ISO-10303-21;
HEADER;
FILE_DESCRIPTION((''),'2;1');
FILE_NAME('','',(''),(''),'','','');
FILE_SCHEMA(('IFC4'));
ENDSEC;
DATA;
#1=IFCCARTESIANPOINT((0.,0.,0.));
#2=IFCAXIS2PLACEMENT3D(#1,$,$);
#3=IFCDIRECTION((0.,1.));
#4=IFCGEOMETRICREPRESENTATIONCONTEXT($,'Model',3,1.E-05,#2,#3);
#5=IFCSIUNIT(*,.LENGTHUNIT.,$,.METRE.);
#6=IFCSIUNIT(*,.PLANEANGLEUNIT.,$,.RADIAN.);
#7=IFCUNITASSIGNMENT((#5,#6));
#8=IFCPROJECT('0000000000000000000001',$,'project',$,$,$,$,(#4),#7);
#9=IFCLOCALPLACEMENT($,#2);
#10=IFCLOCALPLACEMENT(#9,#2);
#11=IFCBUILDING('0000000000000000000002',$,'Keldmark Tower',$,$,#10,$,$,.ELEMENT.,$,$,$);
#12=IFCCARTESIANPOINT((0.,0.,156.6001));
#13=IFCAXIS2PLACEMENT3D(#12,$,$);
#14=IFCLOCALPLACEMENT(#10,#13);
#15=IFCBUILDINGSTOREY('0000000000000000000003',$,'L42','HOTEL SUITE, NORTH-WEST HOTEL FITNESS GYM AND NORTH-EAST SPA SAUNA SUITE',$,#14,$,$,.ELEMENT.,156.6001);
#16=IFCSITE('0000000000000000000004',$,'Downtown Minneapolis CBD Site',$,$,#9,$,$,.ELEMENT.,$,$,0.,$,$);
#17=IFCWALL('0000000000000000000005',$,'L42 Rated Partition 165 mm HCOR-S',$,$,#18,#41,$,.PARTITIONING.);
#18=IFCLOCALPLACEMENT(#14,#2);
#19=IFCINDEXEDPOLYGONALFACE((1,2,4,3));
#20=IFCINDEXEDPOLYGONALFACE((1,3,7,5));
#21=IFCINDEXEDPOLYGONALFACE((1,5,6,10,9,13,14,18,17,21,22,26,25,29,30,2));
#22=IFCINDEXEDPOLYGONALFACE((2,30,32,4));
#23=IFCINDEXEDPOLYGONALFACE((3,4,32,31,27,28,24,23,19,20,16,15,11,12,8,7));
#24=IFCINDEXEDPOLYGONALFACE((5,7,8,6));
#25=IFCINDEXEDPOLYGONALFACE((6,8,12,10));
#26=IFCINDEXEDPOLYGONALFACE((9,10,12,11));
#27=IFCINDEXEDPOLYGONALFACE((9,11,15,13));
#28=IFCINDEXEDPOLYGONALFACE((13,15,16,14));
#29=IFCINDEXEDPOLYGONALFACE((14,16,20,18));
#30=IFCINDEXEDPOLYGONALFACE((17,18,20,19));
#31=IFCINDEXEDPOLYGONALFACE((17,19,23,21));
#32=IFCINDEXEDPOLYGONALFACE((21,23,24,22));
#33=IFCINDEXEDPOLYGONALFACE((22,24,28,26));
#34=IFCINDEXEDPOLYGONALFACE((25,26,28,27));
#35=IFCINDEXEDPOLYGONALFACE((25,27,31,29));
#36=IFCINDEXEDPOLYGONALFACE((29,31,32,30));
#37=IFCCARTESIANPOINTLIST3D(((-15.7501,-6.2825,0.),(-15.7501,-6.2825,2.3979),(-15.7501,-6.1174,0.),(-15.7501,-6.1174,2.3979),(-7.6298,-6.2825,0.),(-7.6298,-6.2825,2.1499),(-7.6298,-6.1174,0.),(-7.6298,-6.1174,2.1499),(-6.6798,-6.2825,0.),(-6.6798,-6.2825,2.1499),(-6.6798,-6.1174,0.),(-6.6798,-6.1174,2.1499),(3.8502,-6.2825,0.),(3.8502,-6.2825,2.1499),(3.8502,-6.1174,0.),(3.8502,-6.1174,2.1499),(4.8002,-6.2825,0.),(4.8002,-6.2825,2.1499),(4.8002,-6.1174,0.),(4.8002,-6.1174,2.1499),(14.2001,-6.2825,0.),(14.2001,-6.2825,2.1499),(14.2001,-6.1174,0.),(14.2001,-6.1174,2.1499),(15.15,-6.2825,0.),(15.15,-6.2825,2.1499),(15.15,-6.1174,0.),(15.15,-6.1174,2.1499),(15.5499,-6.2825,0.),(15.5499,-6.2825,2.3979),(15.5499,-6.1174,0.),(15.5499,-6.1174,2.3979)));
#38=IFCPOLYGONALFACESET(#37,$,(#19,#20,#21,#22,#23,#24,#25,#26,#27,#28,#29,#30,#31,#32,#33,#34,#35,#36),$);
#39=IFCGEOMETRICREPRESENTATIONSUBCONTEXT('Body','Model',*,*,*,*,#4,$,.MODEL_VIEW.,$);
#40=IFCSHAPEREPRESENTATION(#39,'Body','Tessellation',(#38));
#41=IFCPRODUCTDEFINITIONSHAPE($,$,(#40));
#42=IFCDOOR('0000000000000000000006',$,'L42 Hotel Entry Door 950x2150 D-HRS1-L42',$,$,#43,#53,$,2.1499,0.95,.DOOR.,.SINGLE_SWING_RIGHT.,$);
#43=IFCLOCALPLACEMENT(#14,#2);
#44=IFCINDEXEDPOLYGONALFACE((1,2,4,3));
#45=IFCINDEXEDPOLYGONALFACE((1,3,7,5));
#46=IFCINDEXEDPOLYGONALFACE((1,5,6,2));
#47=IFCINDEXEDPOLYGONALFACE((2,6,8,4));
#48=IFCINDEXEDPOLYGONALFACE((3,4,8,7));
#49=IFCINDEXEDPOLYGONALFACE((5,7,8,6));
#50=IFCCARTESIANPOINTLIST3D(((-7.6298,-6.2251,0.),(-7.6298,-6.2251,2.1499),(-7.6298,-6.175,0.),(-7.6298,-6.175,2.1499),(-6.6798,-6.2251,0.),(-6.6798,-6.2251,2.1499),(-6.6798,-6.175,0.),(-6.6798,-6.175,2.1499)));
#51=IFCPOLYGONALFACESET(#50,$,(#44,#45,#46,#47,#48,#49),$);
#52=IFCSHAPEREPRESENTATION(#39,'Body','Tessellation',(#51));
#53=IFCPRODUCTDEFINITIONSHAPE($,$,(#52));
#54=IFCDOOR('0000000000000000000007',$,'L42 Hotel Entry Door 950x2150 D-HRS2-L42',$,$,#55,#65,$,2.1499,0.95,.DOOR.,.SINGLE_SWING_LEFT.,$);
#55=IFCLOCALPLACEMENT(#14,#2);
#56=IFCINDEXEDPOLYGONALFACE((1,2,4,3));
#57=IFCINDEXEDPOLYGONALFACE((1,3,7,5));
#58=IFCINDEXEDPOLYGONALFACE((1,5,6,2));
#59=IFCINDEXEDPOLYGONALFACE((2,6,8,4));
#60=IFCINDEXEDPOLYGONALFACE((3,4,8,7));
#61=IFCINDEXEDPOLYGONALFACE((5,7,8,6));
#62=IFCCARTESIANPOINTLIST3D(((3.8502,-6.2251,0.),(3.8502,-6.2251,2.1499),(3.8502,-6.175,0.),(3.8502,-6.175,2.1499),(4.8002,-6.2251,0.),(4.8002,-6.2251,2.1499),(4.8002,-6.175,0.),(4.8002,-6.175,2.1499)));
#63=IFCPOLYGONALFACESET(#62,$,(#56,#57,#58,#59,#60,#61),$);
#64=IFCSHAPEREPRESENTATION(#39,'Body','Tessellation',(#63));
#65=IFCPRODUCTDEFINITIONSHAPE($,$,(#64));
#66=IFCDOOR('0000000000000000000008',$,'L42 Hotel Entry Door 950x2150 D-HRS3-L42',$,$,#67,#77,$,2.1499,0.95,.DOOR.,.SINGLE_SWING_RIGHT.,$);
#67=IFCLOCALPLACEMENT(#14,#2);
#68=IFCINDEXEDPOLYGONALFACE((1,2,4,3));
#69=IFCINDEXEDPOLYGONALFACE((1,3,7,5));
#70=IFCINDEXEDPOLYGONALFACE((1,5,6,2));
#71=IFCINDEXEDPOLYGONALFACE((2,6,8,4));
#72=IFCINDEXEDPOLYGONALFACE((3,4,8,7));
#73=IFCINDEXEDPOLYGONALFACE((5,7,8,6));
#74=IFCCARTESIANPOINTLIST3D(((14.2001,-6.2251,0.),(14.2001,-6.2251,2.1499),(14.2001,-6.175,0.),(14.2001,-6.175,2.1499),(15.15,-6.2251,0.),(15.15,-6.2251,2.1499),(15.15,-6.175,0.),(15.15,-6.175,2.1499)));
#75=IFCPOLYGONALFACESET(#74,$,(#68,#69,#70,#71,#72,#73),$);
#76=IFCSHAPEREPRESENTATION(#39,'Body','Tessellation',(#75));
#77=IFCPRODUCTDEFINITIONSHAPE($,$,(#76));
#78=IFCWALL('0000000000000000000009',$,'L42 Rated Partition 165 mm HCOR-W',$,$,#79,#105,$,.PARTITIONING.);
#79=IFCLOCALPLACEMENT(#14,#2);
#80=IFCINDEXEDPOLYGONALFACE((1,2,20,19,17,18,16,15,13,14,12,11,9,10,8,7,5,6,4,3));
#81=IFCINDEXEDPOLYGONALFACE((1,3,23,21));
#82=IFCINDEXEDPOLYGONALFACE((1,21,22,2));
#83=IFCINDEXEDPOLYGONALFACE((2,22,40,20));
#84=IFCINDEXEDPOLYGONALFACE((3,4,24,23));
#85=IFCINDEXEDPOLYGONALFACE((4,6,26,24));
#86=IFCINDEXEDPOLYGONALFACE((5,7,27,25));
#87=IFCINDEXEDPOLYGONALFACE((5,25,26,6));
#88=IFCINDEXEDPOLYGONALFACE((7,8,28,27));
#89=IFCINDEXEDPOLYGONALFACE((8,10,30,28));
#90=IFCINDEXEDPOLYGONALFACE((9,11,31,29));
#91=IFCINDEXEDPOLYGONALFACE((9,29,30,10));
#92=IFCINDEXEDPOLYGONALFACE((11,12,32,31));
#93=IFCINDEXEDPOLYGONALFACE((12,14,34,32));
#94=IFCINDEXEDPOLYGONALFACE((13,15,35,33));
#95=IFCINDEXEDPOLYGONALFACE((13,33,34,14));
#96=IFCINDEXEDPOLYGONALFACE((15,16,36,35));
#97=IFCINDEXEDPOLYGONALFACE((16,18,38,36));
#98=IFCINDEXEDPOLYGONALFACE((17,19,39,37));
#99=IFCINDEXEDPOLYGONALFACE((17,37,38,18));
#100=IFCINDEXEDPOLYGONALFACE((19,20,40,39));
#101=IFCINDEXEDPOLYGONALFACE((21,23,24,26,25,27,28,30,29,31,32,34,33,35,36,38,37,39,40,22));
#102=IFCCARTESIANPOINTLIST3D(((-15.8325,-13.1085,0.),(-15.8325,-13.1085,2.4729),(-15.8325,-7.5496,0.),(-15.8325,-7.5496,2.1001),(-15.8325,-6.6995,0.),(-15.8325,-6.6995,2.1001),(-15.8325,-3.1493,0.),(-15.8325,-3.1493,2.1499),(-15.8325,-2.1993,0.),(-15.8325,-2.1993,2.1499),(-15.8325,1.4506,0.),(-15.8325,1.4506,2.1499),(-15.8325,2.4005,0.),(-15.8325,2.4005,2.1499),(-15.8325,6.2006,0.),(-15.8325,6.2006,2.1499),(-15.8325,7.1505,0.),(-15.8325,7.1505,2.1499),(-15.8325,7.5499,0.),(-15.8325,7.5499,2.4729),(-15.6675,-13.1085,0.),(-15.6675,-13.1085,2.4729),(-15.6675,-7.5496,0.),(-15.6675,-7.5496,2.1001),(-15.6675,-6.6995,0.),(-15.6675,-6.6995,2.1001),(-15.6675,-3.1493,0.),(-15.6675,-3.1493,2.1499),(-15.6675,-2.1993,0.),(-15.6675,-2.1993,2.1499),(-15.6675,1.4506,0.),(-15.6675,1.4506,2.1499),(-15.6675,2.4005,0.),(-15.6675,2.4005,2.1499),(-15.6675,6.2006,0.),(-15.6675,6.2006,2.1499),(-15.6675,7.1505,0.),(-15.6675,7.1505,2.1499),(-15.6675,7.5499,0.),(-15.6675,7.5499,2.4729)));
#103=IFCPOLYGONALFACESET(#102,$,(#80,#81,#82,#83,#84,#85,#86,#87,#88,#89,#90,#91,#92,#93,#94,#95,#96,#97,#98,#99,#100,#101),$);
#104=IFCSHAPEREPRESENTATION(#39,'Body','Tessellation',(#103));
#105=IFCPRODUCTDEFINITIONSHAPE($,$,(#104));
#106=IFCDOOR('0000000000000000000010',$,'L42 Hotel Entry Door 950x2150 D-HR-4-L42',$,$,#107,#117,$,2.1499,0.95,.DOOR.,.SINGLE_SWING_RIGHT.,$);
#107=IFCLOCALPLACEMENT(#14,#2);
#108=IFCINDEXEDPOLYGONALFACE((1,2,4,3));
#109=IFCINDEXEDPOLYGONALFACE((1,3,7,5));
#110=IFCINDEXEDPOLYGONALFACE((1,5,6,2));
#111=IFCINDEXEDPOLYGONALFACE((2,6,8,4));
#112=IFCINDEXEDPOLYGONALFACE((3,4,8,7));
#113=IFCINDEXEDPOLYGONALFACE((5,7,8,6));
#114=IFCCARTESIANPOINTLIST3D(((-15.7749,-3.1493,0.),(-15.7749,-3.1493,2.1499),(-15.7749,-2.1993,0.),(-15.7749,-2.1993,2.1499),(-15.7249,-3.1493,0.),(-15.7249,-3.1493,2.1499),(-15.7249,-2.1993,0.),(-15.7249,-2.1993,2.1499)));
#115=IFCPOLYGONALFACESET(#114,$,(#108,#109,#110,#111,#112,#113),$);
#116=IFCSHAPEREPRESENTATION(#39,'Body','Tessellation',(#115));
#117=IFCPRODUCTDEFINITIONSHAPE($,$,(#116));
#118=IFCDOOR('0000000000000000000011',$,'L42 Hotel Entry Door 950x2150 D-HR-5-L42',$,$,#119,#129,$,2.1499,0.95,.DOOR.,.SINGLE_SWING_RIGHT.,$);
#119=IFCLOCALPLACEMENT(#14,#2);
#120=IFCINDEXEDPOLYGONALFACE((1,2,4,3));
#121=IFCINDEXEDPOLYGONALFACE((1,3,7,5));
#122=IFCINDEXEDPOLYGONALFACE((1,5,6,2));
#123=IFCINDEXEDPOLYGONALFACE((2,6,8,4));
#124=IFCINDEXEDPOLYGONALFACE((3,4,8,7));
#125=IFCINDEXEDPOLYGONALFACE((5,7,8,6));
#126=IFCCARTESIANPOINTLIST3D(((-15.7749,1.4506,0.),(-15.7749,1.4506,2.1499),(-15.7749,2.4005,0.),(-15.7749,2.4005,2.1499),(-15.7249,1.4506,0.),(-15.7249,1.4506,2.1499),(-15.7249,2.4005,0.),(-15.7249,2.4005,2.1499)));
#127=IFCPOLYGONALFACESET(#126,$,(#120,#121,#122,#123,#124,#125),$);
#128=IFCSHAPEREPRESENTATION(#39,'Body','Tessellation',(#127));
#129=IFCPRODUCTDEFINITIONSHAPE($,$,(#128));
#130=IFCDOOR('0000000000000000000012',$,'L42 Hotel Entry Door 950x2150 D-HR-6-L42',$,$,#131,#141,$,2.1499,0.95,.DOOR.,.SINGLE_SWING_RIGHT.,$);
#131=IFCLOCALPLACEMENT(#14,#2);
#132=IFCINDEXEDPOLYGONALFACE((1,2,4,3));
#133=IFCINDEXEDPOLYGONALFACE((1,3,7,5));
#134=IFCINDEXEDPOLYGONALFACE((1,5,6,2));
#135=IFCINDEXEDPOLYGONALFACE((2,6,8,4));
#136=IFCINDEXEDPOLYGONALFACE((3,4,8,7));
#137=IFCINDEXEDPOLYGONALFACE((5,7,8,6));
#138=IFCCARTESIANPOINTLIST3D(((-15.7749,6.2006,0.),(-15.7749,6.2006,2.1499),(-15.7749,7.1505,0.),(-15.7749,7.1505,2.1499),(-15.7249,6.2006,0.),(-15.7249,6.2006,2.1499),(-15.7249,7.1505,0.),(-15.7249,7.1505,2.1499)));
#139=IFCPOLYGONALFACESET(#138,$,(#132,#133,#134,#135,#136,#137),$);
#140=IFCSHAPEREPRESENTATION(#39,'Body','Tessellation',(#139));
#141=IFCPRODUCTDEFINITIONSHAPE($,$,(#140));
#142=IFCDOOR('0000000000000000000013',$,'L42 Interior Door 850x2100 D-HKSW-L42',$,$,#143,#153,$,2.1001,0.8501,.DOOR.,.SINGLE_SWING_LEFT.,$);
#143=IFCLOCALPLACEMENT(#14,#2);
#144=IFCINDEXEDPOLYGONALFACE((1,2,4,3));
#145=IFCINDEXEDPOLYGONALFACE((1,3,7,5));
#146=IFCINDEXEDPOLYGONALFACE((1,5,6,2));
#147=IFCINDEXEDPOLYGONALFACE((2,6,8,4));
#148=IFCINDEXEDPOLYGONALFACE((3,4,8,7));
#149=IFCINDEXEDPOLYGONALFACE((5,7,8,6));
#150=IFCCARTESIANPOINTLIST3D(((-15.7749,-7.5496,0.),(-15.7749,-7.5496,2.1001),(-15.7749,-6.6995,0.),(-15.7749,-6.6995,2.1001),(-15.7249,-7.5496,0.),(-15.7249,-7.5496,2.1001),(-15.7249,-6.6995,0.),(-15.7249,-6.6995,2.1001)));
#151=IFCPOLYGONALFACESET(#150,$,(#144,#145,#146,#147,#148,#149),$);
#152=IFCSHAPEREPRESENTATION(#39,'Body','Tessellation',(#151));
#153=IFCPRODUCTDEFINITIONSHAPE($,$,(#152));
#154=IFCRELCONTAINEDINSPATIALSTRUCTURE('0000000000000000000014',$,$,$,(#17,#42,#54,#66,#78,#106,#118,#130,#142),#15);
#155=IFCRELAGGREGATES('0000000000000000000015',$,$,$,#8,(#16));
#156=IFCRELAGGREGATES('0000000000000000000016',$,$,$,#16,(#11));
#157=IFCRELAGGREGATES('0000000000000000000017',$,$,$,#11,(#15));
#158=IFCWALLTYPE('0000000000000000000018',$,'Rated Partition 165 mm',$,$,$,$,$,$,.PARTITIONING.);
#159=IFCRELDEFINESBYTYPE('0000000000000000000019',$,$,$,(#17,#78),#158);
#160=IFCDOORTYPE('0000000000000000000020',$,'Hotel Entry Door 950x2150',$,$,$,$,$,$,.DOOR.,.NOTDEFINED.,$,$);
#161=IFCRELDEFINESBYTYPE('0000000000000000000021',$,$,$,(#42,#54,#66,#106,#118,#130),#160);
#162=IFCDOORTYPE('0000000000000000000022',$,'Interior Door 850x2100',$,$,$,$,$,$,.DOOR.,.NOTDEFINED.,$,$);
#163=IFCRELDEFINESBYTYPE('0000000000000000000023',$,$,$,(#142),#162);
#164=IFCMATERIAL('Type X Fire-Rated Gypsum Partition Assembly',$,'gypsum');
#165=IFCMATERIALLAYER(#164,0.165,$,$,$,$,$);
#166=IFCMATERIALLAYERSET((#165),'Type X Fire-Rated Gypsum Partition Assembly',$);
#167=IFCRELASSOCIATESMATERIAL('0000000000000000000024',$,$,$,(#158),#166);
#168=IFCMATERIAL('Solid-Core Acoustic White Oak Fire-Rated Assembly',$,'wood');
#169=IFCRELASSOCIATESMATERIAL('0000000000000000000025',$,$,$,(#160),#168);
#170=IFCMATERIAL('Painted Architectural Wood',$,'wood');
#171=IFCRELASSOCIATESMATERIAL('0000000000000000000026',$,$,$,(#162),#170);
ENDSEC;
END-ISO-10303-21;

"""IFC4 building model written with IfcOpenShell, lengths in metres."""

from ifc_helpers import new_model, si_unit, direction, frame, frame_2d, origin, place, context, subcontext, project, spatial, rectangle, extrude, material, layer, layer_set, type_object, element, fill, save


model = new_model("IFC4")

# Units and contexts
model_context = context("Model", 3, precision=1e-05, world=origin(), true_north=direction((0.0, 1.0)))
body_context = subcontext(model_context, "Body", "Model", "MODEL_VIEW")
ifc_project = project(units=[si_unit("LENGTHUNIT", "METRE"), si_unit("PLANEANGLEUNIT", "RADIAN")], contexts=[model_context])

# Site, building, storey
site_placement = place(None, origin())
site = spatial("IfcSite", under=ifc_project, at=site_placement, Name="Downtown Minneapolis CBD Site", CompositionType="ELEMENT", RefElevation=0.0)
building_placement = place(site_placement, origin())
building = spatial("IfcBuilding", under=site, at=building_placement, Name="Keldmark Tower", CompositionType="ELEMENT")
storey_placement = place(building_placement, frame((0.0, 0.0, 156.6001)))
storey = spatial("IfcBuildingStorey", under=building, at=storey_placement, Name="L42", Description="HOTEL SUITE, NORTH-WEST HOTEL FITNESS GYM AND NORTH-EAST SPA SAUNA SUITE", CompositionType="ELEMENT", Elevation=156.6001)

# Walls, openings, doors
ifc_material_1 = material(Name="Type X Fire-Rated Gypsum Partition Assembly", Category="gypsum")
ifc_layer_1 = layer(ifc_material_1, 0.165)
ifc_layer_set_1 = layer_set([ifc_layer_1], Name="Type X Fire-Rated Gypsum Partition Assembly")
wall_type_1 = type_object("IfcWallType", Name="Rated Partition 165 mm", PredefinedType="PARTITIONING", material=ifc_layer_set_1)
wall_1_placement = place(storey_placement, frame((-15.75, -6.2, 0.0), z_axis=(0.0, 0.0, 1.0), x_axis=(1.0, 0.0, 0.0)))
wall_1 = element("IfcWall", 1, at=wall_1_placement, inside=storey, type_object=wall_type_1, Name="L42 Rated Partition 165 mm HCOR-S", PredefinedType="PARTITIONING", context=body_context, shape_type="SweptSolid", body=[
    extrude(rectangle(XDim=31.3, YDim=0.165, at=frame_2d((15.6499, 0.0))), origin(), (0.0, 0.0, 1.0), 2.3979),
])
opening_1_placement = place(wall_1_placement, frame((8.1201, 0.0, 0.0)))
opening_1 = element("IfcOpeningElement", 2, at=opening_1_placement, cuts=wall_1, PredefinedType="OPENING", context=body_context, shape_type="SweptSolid", body=[
    extrude(rectangle(XDim=0.95, YDim=2.1499, at=frame_2d((0.4751, 1.075))), frame((0.0, 0.0925, 0.0), z_axis=(0.0, -1.0, 0.0), x_axis=(1.0, 0.0, 0.0)), (0.0, 0.0, 1.0), 0.1851),
])
opening_2_placement = place(wall_1_placement, frame((19.6001, 0.0, 0.0)))
opening_2 = element("IfcOpeningElement", 3, at=opening_2_placement, cuts=wall_1, PredefinedType="OPENING", context=body_context, shape_type="SweptSolid", body=[
    extrude(rectangle(XDim=0.95, YDim=2.1499, at=frame_2d((0.4751, 1.075))), frame((0.0, 0.0925, 0.0), z_axis=(0.0, -1.0, 0.0), x_axis=(1.0, 0.0, 0.0)), (0.0, 0.0, 1.0), 0.1851),
])
opening_3_placement = place(wall_1_placement, frame((29.95, 0.0, 0.0)))
opening_3 = element("IfcOpeningElement", 4, at=opening_3_placement, cuts=wall_1, PredefinedType="OPENING", context=body_context, shape_type="SweptSolid", body=[
    extrude(rectangle(XDim=0.95, YDim=2.1499, at=frame_2d((0.4751, 1.075))), frame((0.0, 0.0925, 0.0), z_axis=(0.0, -1.0, 0.0), x_axis=(1.0, 0.0, 0.0)), (0.0, 0.0, 1.0), 0.1851),
])
ifc_material_2 = material(Name="Solid-Core Acoustic White Oak Fire-Rated Assembly", Category="wood")
door_type_1 = type_object("IfcDoorType", Name="Hotel Entry Door 950x2150", OperationType="NOTDEFINED", PredefinedType="DOOR", material=ifc_material_2)
door_1_placement = place(opening_1_placement, origin())
door_1 = element("IfcDoor", 5, at=door_1_placement, inside=storey, type_object=door_type_1, Name="L42 Hotel Entry Door 950x2150 D-HRS1-L42", OperationType="SINGLE_SWING_RIGHT", OverallHeight=2.1499, OverallWidth=0.95, PredefinedType="DOOR", context=body_context, shape_type="SweptSolid", body=[
    extrude(rectangle(XDim=0.95, YDim=2.1499, at=frame_2d((0.4751, 1.075))), frame((0.0, 0.0249, 0.0), z_axis=(0.0, -1.0, 0.0), x_axis=(1.0, 0.0, 0.0)), (0.0, 0.0, 1.0), 0.05),
])
fill(opening_1, door_1)
door_2_placement = place(opening_2_placement, origin())
door_2 = element("IfcDoor", 6, at=door_2_placement, inside=storey, type_object=door_type_1, Name="L42 Hotel Entry Door 950x2150 D-HRS2-L42", OperationType="SINGLE_SWING_LEFT", OverallHeight=2.1499, OverallWidth=0.95, PredefinedType="DOOR", context=body_context, shape_type="SweptSolid", body=[
    extrude(rectangle(XDim=0.95, YDim=2.1499, at=frame_2d((0.4751, 1.075))), frame((0.0, 0.0249, 0.0), z_axis=(0.0, -1.0, 0.0), x_axis=(1.0, 0.0, 0.0)), (0.0, 0.0, 1.0), 0.05),
])
fill(opening_2, door_2)
door_3_placement = place(opening_3_placement, origin())
door_3 = element("IfcDoor", 7, at=door_3_placement, inside=storey, type_object=door_type_1, Name="L42 Hotel Entry Door 950x2150 D-HRS3-L42", OperationType="SINGLE_SWING_RIGHT", OverallHeight=2.1499, OverallWidth=0.95, PredefinedType="DOOR", context=body_context, shape_type="SweptSolid", body=[
    extrude(rectangle(XDim=0.95, YDim=2.1499, at=frame_2d((0.4751, 1.075))), frame((0.0, 0.0249, 0.0), z_axis=(0.0, -1.0, 0.0), x_axis=(1.0, 0.0, 0.0)), (0.0, 0.0, 1.0), 0.05),
])
fill(opening_3, door_3)
wall_2_placement = place(storey_placement, frame((-15.75, -13.1084, 0.0), z_axis=(0.0, 0.0, 1.0), x_axis=(0.0, 1.0, 0.0)))
wall_2 = element("IfcWall", 8, at=wall_2_placement, inside=storey, type_object=wall_type_1, Name="L42 Rated Partition 165 mm HCOR-W", PredefinedType="PARTITIONING", context=body_context, shape_type="SweptSolid", body=[
    extrude(rectangle(XDim=20.6584, YDim=0.165, at=frame_2d((10.3291, 0.0))), origin(), (0.0, 0.0, 1.0), 2.4729),
])
opening_4_placement = place(wall_2_placement, frame((5.5588, 0.0, 0.0)))
opening_4 = element("IfcOpeningElement", 9, at=opening_4_placement, cuts=wall_2, PredefinedType="OPENING", context=body_context, shape_type="SweptSolid", body=[
    extrude(rectangle(XDim=0.8501, YDim=2.1001, at=frame_2d((0.425, 1.05))), frame((0.0, 0.0925, 0.0), z_axis=(0.0, -1.0, 0.0), x_axis=(1.0, 0.0, 0.0)), (0.0, 0.0, 1.0), 0.1851),
])
opening_5_placement = place(wall_2_placement, frame((9.959, 0.0, 0.0)))
opening_5 = element("IfcOpeningElement", 10, at=opening_5_placement, cuts=wall_2, PredefinedType="OPENING", context=body_context, shape_type="SweptSolid", body=[
    extrude(rectangle(XDim=0.95, YDim=2.1499, at=frame_2d((0.4751, 1.075))), frame((0.0, 0.0925, 0.0), z_axis=(0.0, -1.0, 0.0), x_axis=(1.0, 0.0, 0.0)), (0.0, 0.0, 1.0), 0.1851),
])
opening_6_placement = place(wall_2_placement, frame((14.5588, 0.0, 0.0)))
opening_6 = element("IfcOpeningElement", 11, at=opening_6_placement, cuts=wall_2, PredefinedType="OPENING", context=body_context, shape_type="SweptSolid", body=[
    extrude(rectangle(XDim=0.95, YDim=2.1499, at=frame_2d((0.4751, 1.075))), frame((0.0, 0.0925, 0.0), z_axis=(0.0, -1.0, 0.0), x_axis=(1.0, 0.0, 0.0)), (0.0, 0.0, 1.0), 0.1851),
])
opening_7_placement = place(wall_2_placement, frame((19.3088, 0.0, 0.0)))
opening_7 = element("IfcOpeningElement", 12, at=opening_7_placement, cuts=wall_2, PredefinedType="OPENING", context=body_context, shape_type="SweptSolid", body=[
    extrude(rectangle(XDim=0.95, YDim=2.1499, at=frame_2d((0.4751, 1.075))), frame((0.0, 0.0925, 0.0), z_axis=(0.0, -1.0, 0.0), x_axis=(1.0, 0.0, 0.0)), (0.0, 0.0, 1.0), 0.1851),
])
door_4_placement = place(opening_5_placement, origin())
door_4 = element("IfcDoor", 13, at=door_4_placement, inside=storey, type_object=door_type_1, Name="L42 Hotel Entry Door 950x2150 D-HR-4-L42", OperationType="SINGLE_SWING_RIGHT", OverallHeight=2.1499, OverallWidth=0.95, PredefinedType="DOOR", context=body_context, shape_type="SweptSolid", body=[
    extrude(rectangle(XDim=0.95, YDim=2.1499, at=frame_2d((0.4751, 1.075))), frame((0.0, 0.0249, 0.0), z_axis=(0.0, -1.0, 0.0), x_axis=(1.0, 0.0, 0.0)), (0.0, 0.0, 1.0), 0.05),
])
fill(opening_5, door_4)
door_5_placement = place(opening_6_placement, origin())
door_5 = element("IfcDoor", 14, at=door_5_placement, inside=storey, type_object=door_type_1, Name="L42 Hotel Entry Door 950x2150 D-HR-5-L42", OperationType="SINGLE_SWING_RIGHT", OverallHeight=2.1499, OverallWidth=0.95, PredefinedType="DOOR", context=body_context, shape_type="SweptSolid", body=[
    extrude(rectangle(XDim=0.95, YDim=2.1499, at=frame_2d((0.4751, 1.075))), frame((0.0, 0.0249, 0.0), z_axis=(0.0, -1.0, 0.0), x_axis=(1.0, 0.0, 0.0)), (0.0, 0.0, 1.0), 0.05),
])
fill(opening_6, door_5)
door_6_placement = place(opening_7_placement, origin())
door_6 = element("IfcDoor", 15, at=door_6_placement, inside=storey, type_object=door_type_1, Name="L42 Hotel Entry Door 950x2150 D-HR-6-L42", OperationType="SINGLE_SWING_RIGHT", OverallHeight=2.1499, OverallWidth=0.95, PredefinedType="DOOR", context=body_context, shape_type="SweptSolid", body=[
    extrude(rectangle(XDim=0.95, YDim=2.1499, at=frame_2d((0.4751, 1.075))), frame((0.0, 0.0249, 0.0), z_axis=(0.0, -1.0, 0.0), x_axis=(1.0, 0.0, 0.0)), (0.0, 0.0, 1.0), 0.05),
])
fill(opening_7, door_6)
ifc_material_3 = material(Name="Painted Architectural Wood", Category="wood")
door_type_2 = type_object("IfcDoorType", Name="Interior Door 850x2100", OperationType="NOTDEFINED", PredefinedType="DOOR", material=ifc_material_3)
door_7_placement = place(opening_4_placement, origin())
door_7 = element("IfcDoor", 16, at=door_7_placement, inside=storey, type_object=door_type_2, Name="L42 Interior Door 850x2100 D-HKSW-L42", OperationType="SINGLE_SWING_LEFT", OverallHeight=2.1001, OverallWidth=0.8501, PredefinedType="DOOR", context=body_context, shape_type="SweptSolid", body=[
    extrude(rectangle(XDim=0.8501, YDim=2.1001, at=frame_2d((0.425, 1.05))), frame((0.0, 0.0249, 0.0), z_axis=(0.0, -1.0, 0.0), x_axis=(1.0, 0.0, 0.0)), (0.0, 0.0, 1.0), 0.05),
])
fill(opening_4, door_7)

save(model, "model.ifc")
